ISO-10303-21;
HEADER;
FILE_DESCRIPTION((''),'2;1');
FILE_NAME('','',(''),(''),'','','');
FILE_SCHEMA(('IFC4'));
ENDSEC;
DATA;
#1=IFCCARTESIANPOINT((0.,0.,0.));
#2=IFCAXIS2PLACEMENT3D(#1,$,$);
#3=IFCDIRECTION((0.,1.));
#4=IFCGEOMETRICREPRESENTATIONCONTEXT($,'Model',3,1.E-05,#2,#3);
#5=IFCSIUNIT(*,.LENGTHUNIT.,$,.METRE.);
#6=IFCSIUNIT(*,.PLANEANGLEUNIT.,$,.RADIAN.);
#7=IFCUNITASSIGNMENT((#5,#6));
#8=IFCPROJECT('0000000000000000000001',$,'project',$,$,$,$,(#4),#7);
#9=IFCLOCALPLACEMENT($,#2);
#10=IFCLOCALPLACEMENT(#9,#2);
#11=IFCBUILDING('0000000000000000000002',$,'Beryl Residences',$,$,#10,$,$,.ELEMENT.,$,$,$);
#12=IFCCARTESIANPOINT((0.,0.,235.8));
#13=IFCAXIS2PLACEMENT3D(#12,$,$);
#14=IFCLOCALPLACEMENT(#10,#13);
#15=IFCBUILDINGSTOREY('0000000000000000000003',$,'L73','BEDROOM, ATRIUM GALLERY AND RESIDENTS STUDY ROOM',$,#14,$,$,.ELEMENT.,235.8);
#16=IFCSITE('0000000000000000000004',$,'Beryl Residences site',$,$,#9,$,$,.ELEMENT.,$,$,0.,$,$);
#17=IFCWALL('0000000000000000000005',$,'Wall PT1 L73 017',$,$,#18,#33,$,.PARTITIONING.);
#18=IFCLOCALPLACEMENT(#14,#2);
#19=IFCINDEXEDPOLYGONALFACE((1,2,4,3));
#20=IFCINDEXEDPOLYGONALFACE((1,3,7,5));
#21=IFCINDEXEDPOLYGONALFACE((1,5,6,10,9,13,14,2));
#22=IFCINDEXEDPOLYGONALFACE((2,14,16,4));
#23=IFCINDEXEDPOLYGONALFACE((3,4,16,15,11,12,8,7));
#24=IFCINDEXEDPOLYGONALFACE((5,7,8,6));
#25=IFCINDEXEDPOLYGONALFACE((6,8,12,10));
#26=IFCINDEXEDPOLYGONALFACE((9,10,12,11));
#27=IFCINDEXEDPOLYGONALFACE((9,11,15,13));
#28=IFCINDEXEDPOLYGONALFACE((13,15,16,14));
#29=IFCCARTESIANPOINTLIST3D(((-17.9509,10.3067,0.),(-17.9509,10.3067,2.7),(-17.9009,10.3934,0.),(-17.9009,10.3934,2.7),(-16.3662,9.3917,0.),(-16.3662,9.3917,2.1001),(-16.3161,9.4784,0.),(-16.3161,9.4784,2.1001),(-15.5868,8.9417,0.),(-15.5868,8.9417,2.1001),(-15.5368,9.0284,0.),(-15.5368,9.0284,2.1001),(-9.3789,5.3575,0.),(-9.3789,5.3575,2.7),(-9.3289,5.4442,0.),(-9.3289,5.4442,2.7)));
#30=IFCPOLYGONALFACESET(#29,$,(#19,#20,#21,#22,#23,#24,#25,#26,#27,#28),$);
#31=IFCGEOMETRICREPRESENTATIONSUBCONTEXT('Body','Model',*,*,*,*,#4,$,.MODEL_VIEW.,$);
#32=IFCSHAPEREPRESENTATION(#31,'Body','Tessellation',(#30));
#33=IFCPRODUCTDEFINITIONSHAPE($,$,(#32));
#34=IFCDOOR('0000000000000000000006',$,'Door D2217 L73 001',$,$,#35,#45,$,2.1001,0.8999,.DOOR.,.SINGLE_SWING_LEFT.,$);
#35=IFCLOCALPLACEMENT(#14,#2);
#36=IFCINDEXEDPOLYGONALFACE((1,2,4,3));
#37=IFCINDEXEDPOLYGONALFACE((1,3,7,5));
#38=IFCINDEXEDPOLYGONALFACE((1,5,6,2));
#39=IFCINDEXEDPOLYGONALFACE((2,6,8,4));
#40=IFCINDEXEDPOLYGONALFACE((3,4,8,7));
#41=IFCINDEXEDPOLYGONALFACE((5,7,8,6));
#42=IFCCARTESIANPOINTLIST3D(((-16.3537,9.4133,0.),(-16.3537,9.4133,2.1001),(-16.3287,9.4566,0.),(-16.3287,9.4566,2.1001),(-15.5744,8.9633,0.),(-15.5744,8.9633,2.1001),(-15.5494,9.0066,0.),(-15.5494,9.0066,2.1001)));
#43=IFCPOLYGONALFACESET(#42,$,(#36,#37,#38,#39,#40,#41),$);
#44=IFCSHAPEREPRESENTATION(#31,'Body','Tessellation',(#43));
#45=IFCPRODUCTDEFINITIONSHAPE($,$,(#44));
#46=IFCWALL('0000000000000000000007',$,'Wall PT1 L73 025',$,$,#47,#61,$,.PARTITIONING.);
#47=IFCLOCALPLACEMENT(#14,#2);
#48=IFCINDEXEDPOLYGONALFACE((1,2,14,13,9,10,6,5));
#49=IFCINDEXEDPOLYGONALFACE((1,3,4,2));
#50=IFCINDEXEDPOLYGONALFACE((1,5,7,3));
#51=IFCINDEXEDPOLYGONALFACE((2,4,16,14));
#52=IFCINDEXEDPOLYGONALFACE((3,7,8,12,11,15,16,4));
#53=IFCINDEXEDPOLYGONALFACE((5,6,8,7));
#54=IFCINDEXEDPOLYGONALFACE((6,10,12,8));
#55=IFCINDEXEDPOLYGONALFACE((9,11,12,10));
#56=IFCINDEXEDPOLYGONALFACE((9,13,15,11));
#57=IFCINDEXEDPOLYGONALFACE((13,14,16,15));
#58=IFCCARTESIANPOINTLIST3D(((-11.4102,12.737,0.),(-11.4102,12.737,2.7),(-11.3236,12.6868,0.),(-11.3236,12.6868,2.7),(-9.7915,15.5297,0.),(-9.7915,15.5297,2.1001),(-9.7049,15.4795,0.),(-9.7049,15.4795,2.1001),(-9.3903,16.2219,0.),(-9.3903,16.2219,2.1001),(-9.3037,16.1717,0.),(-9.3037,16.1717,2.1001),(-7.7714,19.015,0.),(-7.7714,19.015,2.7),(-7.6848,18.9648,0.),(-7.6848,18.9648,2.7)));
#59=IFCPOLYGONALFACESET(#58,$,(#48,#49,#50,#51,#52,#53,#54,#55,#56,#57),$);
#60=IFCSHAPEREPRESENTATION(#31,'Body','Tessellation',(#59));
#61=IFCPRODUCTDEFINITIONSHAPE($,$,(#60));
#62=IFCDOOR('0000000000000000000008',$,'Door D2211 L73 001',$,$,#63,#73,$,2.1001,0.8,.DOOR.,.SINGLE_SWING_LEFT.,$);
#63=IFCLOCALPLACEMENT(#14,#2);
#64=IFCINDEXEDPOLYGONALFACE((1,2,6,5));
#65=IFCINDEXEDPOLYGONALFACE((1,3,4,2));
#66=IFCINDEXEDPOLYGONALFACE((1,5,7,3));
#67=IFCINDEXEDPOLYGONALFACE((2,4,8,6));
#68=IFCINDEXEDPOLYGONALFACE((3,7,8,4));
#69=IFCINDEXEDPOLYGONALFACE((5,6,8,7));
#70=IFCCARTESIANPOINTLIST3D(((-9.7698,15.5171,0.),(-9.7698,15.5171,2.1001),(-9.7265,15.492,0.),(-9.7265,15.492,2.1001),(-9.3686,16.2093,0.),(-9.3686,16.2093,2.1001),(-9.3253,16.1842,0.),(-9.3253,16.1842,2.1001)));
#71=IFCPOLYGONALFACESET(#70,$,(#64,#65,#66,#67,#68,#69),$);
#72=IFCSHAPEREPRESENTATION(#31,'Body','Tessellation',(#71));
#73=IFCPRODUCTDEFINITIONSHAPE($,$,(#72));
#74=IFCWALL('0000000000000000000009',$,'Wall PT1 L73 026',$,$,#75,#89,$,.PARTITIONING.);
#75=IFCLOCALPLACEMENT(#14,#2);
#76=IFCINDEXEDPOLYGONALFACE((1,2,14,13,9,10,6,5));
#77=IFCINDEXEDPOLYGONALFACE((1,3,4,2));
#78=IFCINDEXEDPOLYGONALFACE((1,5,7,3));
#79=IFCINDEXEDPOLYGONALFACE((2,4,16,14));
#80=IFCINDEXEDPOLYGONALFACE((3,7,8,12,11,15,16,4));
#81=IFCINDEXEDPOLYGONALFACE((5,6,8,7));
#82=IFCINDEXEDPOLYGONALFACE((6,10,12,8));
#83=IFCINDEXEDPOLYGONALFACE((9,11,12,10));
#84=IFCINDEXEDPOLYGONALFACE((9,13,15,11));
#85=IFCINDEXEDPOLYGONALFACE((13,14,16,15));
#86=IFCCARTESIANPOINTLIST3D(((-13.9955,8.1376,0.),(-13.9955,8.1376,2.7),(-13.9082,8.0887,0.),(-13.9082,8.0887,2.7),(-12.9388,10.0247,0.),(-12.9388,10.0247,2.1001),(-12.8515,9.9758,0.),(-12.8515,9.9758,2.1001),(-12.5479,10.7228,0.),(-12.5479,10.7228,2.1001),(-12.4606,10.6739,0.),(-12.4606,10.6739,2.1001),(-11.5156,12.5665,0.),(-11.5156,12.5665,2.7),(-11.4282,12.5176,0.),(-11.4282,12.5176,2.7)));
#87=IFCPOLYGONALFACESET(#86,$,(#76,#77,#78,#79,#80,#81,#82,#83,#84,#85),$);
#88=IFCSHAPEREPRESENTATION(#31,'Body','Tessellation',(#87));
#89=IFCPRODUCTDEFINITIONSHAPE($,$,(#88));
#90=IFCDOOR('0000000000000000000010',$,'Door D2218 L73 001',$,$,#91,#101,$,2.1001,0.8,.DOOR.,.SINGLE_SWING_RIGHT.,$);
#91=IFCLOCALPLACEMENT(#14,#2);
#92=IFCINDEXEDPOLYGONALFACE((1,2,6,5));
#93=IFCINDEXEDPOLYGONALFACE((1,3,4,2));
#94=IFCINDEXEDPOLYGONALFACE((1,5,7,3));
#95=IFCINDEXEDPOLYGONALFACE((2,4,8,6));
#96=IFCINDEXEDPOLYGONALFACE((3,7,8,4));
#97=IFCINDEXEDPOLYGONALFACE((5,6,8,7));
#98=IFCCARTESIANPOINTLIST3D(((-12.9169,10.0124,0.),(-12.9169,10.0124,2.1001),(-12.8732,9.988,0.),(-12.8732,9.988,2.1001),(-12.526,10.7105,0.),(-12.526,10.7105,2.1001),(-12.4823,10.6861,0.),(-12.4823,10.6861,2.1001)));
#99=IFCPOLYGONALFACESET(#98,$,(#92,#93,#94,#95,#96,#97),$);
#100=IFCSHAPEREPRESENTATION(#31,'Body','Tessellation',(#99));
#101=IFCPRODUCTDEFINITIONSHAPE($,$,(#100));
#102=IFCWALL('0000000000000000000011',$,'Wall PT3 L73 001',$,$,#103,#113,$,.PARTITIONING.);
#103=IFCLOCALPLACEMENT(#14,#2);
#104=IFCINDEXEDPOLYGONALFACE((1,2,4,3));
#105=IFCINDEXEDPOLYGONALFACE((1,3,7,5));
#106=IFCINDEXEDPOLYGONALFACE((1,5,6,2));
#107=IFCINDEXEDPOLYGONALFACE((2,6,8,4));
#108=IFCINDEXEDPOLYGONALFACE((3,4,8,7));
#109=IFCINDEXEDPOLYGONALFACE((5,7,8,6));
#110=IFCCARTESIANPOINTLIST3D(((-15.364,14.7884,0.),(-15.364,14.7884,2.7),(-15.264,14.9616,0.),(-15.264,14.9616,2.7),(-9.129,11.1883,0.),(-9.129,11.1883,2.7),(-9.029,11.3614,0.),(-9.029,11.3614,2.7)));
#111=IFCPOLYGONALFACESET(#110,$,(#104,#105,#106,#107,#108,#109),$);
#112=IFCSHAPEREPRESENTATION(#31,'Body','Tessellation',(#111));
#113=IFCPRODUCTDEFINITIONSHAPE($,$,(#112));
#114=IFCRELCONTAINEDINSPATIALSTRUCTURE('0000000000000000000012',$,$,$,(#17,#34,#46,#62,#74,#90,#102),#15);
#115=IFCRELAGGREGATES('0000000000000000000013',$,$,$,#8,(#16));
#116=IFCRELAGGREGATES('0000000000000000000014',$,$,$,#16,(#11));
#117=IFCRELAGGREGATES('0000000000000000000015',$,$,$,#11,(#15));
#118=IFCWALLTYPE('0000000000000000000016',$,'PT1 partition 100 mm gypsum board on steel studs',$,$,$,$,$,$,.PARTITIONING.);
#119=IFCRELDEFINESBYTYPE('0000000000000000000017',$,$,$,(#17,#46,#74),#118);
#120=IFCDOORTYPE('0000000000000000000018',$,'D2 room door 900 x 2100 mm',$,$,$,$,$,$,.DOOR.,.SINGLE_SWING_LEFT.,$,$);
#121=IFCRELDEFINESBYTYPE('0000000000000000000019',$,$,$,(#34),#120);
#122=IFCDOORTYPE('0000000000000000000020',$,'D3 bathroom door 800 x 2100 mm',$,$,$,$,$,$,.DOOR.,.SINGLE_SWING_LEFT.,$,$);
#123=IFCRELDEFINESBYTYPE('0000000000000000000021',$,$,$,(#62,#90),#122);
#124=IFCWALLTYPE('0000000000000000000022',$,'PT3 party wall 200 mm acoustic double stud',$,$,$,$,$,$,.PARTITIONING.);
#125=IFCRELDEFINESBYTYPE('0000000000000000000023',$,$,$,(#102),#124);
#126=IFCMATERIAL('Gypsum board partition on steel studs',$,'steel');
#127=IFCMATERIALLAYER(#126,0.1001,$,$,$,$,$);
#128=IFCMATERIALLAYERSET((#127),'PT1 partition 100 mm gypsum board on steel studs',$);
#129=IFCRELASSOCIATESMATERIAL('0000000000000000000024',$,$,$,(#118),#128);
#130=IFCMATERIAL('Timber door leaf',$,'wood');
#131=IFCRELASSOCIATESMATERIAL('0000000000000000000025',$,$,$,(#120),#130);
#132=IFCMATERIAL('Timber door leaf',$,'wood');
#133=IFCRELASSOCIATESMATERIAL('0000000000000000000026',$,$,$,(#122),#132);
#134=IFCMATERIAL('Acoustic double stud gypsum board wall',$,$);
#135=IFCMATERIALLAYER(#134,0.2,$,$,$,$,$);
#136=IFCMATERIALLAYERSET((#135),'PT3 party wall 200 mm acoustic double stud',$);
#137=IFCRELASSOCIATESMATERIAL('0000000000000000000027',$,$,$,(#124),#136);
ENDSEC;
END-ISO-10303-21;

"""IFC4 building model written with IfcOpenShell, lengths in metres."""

from ifc_helpers import new_model, si_unit, direction, frame, frame_2d, origin, place, context, subcontext, project, spatial, rectangle, extrude, material, layer, layer_set, type_object, element, fill, save


model = new_model("IFC4")

# Units and contexts
model_context = context("Model", 3, precision=1e-05, world=origin(), true_north=direction((0.0, 1.0)))
body_context = subcontext(model_context, "Body", "Model", "MODEL_VIEW")
ifc_project = project(units=[si_unit("LENGTHUNIT", "METRE"), si_unit("PLANEANGLEUNIT", "RADIAN")], contexts=[model_context])

# Site, building, storey
site_placement = place(None, origin())
site = spatial("IfcSite", under=ifc_project, at=site_placement, Name="Beryl Residences site", CompositionType="ELEMENT", RefElevation=0.0)
building_placement = place(site_placement, origin())
building = spatial("IfcBuilding", under=site, at=building_placement, Name="Beryl Residences", CompositionType="ELEMENT")
storey_placement = place(building_placement, frame((0.0, 0.0, 235.8)))
storey = spatial("IfcBuildingStorey", under=building, at=storey_placement, Name="L73", Description="BEDROOM, ATRIUM GALLERY AND RESIDENTS STUDY ROOM", CompositionType="ELEMENT", Elevation=235.8)

# Walls, openings, doors
ifc_material_1 = material(Name="Gypsum board partition on steel studs", Category="steel")
ifc_layer_1 = layer(ifc_material_1, 0.1001)
ifc_layer_set_1 = layer_set([ifc_layer_1], Name="PT1 partition 100 mm gypsum board on steel studs")
wall_type_1 = type_object("IfcWallType", Name="PT1 partition 100 mm gypsum board on steel studs", PredefinedType="PARTITIONING", material=ifc_layer_set_1)
wall_1_placement = place(storey_placement, frame((-17.926, 10.3501, 0.0), z_axis=(0.0, 0.0, 1.0), x_axis=(0.866018, -0.500012, 0.0)))
wall_1 = element("IfcWall", 1, at=wall_1_placement, inside=storey, type_object=wall_type_1, Name="Wall PT1 L73 017", PredefinedType="PARTITIONING", context=body_context, shape_type="SweptSolid", body=[
    extrude(rectangle(XDim=9.8982, YDim=0.1001, at=frame_2d((4.9492, 0.0))), origin(), (0.0, 0.0, 1.0), 2.7),
])
opening_1_placement = place(wall_1_placement, frame((1.8301, 0.0, 0.0)))
opening_1 = element("IfcOpeningElement", 2, at=opening_1_placement, cuts=wall_1, PredefinedType="OPENING", context=body_context, shape_type="SweptSolid", body=[
    extrude(rectangle(XDim=0.8999, YDim=2.1001, at=frame_2d((0.45, 1.05))), frame((0.0, 0.0601, 0.0), z_axis=(0.0, -1.0, 0.0), x_axis=(1.0, 0.0, 0.0)), (0.0, 0.0, 1.0), 0.1201),
])
ifc_material_2 = material(Name="Timber door leaf", Category="wood")
door_type_1 = type_object("IfcDoorType", Name="D2 room door 900 x 2100 mm", OperationType="SINGLE_SWING_LEFT", PredefinedType="DOOR", material=ifc_material_2)
door_1_placement = place(opening_1_placement, origin())
door_1 = element("IfcDoor", 3, at=door_1_placement, inside=storey, type_object=door_type_1, Name="Door D2217 L73 001", OperationType="SINGLE_SWING_LEFT", OverallHeight=2.1001, OverallWidth=0.8999, PredefinedType="DOOR", context=body_context, shape_type="SweptSolid", body=[
    extrude(rectangle(XDim=0.8999, YDim=2.1001, at=frame_2d((0.45, 1.05))), frame((0.0, 0.0249, 0.0), z_axis=(0.0, -1.0, 0.0), x_axis=(1.0, 0.0, 0.0)), (0.0, 0.0, 1.0), 0.05),
])
fill(opening_1, door_1)
wall_2_placement = place(storey_placement, frame((-11.3669, 12.7119, 0.0), z_axis=(0.0, 0.0, 1.0), x_axis=(0.501474, 0.865173, 0.0)))
wall_2 = element("IfcWall", 4, at=wall_2_placement, inside=storey, type_object=wall_type_1, Name="Wall PT1 L73 025", PredefinedType="PARTITIONING", context=body_context, shape_type="SweptSolid", body=[
    extrude(rectangle(XDim=7.2563, YDim=0.1001, at=frame_2d((3.6282, 0.0))), origin(), (0.0, 0.0, 1.0), 2.7),
])
opening_2_placement = place(wall_2_placement, frame((3.228, 0.0, 0.0)))
opening_2 = element("IfcOpeningElement", 5, at=opening_2_placement, cuts=wall_2, PredefinedType="OPENING", context=body_context, shape_type="SweptSolid", body=[
    extrude(rectangle(XDim=0.8, YDim=2.1001, at=frame_2d((0.3999, 1.05))), frame((0.0, 0.0601, 0.0), z_axis=(0.0, -1.0, 0.0), x_axis=(1.0, 0.0, 0.0)), (0.0, 0.0, 1.0), 0.1201),
])
ifc_material_3 = material(Name="Timber door leaf", Category="wood")
door_type_2 = type_object("IfcDoorType", Name="D3 bathroom door 800 x 2100 mm", OperationType="SINGLE_SWING_LEFT", PredefinedType="DOOR", material=ifc_material_3)
door_2_placement = place(opening_2_placement, origin())
door_2 = element("IfcDoor", 6, at=door_2_placement, inside=storey, type_object=door_type_2, Name="Door D2211 L73 001", OperationType="SINGLE_SWING_LEFT", OverallHeight=2.1001, OverallWidth=0.8, PredefinedType="DOOR", context=body_context, shape_type="SweptSolid", body=[
    extrude(rectangle(XDim=0.8, YDim=2.1001, at=frame_2d((0.3999, 1.05))), frame((0.0, 0.0249, 0.0), z_axis=(0.0, -1.0, 0.0), x_axis=(1.0, 0.0, 0.0)), (0.0, 0.0, 1.0), 0.05),
])
fill(opening_2, door_2)
wall_3_placement = place(storey_placement, frame((-13.9519, 8.113, 0.0), z_axis=(0.0, 0.0, 1.0), x_axis=(0.488568, 0.872526, 0.0)))
wall_3 = element("IfcWall", 7, at=wall_3_placement, inside=storey, type_object=wall_type_1, Name="Wall PT1 L73 026", PredefinedType="PARTITIONING", context=body_context, shape_type="SweptSolid", body=[
    extrude(rectangle(XDim=5.0759, YDim=0.1001, at=frame_2d((2.5381, 0.0))), origin(), (0.0, 0.0, 1.0), 2.7),
])
opening_3_placement = place(wall_3_placement, frame((2.1631, 0.0, 0.0)))
opening_3 = element("IfcOpeningElement", 8, at=opening_3_placement, cuts=wall_3, PredefinedType="OPENING", context=body_context, shape_type="SweptSolid", body=[
    extrude(rectangle(XDim=0.8, YDim=2.1001, at=frame_2d((0.3999, 1.05))), frame((0.0, 0.0601, 0.0), z_axis=(0.0, -1.0, 0.0), x_axis=(1.0, 0.0, 0.0)), (0.0, 0.0, 1.0), 0.1201),
])
door_3_placement = place(opening_3_placement, origin())
door_3 = element("IfcDoor", 9, at=door_3_placement, inside=storey, type_object=door_type_2, Name="Door D2218 L73 001", OperationType="SINGLE_SWING_RIGHT", OverallHeight=2.1001, OverallWidth=0.8, PredefinedType="DOOR", context=body_context, shape_type="SweptSolid", body=[
    extrude(rectangle(XDim=0.8, YDim=2.1001, at=frame_2d((0.3999, 1.05))), frame((0.0, 0.0249, 0.0), z_axis=(0.0, -1.0, 0.0), x_axis=(1.0, 0.0, 0.0)), (0.0, 0.0, 1.0), 0.05),
])
fill(opening_3, door_3)

# Wall
ifc_material_4 = material(Name="Acoustic double stud gypsum board wall")
ifc_layer_2 = layer(ifc_material_4, 0.2)
ifc_layer_set_2 = layer_set([ifc_layer_2], Name="PT3 party wall 200 mm acoustic double stud")
wall_type_2 = type_object("IfcWallType", Name="PT3 party wall 200 mm acoustic double stud", PredefinedType="PARTITIONING", material=ifc_layer_set_2)
wall_4_placement = place(storey_placement, frame((-15.314, 14.875, 0.0), z_axis=(0.0, 0.0, 1.0), x_axis=(0.866001, -0.500041, 0.0)))
element("IfcWall", 10, at=wall_4_placement, inside=storey, type_object=wall_type_2, Name="Wall PT3 L73 001", PredefinedType="PARTITIONING", context=body_context, shape_type="SweptSolid", body=[
    extrude(rectangle(XDim=7.1997, YDim=0.2, at=frame_2d((3.5999, 0.0))), origin(), (0.0, 0.0, 1.0), 2.7),
])

save(model, "model.ifc")
